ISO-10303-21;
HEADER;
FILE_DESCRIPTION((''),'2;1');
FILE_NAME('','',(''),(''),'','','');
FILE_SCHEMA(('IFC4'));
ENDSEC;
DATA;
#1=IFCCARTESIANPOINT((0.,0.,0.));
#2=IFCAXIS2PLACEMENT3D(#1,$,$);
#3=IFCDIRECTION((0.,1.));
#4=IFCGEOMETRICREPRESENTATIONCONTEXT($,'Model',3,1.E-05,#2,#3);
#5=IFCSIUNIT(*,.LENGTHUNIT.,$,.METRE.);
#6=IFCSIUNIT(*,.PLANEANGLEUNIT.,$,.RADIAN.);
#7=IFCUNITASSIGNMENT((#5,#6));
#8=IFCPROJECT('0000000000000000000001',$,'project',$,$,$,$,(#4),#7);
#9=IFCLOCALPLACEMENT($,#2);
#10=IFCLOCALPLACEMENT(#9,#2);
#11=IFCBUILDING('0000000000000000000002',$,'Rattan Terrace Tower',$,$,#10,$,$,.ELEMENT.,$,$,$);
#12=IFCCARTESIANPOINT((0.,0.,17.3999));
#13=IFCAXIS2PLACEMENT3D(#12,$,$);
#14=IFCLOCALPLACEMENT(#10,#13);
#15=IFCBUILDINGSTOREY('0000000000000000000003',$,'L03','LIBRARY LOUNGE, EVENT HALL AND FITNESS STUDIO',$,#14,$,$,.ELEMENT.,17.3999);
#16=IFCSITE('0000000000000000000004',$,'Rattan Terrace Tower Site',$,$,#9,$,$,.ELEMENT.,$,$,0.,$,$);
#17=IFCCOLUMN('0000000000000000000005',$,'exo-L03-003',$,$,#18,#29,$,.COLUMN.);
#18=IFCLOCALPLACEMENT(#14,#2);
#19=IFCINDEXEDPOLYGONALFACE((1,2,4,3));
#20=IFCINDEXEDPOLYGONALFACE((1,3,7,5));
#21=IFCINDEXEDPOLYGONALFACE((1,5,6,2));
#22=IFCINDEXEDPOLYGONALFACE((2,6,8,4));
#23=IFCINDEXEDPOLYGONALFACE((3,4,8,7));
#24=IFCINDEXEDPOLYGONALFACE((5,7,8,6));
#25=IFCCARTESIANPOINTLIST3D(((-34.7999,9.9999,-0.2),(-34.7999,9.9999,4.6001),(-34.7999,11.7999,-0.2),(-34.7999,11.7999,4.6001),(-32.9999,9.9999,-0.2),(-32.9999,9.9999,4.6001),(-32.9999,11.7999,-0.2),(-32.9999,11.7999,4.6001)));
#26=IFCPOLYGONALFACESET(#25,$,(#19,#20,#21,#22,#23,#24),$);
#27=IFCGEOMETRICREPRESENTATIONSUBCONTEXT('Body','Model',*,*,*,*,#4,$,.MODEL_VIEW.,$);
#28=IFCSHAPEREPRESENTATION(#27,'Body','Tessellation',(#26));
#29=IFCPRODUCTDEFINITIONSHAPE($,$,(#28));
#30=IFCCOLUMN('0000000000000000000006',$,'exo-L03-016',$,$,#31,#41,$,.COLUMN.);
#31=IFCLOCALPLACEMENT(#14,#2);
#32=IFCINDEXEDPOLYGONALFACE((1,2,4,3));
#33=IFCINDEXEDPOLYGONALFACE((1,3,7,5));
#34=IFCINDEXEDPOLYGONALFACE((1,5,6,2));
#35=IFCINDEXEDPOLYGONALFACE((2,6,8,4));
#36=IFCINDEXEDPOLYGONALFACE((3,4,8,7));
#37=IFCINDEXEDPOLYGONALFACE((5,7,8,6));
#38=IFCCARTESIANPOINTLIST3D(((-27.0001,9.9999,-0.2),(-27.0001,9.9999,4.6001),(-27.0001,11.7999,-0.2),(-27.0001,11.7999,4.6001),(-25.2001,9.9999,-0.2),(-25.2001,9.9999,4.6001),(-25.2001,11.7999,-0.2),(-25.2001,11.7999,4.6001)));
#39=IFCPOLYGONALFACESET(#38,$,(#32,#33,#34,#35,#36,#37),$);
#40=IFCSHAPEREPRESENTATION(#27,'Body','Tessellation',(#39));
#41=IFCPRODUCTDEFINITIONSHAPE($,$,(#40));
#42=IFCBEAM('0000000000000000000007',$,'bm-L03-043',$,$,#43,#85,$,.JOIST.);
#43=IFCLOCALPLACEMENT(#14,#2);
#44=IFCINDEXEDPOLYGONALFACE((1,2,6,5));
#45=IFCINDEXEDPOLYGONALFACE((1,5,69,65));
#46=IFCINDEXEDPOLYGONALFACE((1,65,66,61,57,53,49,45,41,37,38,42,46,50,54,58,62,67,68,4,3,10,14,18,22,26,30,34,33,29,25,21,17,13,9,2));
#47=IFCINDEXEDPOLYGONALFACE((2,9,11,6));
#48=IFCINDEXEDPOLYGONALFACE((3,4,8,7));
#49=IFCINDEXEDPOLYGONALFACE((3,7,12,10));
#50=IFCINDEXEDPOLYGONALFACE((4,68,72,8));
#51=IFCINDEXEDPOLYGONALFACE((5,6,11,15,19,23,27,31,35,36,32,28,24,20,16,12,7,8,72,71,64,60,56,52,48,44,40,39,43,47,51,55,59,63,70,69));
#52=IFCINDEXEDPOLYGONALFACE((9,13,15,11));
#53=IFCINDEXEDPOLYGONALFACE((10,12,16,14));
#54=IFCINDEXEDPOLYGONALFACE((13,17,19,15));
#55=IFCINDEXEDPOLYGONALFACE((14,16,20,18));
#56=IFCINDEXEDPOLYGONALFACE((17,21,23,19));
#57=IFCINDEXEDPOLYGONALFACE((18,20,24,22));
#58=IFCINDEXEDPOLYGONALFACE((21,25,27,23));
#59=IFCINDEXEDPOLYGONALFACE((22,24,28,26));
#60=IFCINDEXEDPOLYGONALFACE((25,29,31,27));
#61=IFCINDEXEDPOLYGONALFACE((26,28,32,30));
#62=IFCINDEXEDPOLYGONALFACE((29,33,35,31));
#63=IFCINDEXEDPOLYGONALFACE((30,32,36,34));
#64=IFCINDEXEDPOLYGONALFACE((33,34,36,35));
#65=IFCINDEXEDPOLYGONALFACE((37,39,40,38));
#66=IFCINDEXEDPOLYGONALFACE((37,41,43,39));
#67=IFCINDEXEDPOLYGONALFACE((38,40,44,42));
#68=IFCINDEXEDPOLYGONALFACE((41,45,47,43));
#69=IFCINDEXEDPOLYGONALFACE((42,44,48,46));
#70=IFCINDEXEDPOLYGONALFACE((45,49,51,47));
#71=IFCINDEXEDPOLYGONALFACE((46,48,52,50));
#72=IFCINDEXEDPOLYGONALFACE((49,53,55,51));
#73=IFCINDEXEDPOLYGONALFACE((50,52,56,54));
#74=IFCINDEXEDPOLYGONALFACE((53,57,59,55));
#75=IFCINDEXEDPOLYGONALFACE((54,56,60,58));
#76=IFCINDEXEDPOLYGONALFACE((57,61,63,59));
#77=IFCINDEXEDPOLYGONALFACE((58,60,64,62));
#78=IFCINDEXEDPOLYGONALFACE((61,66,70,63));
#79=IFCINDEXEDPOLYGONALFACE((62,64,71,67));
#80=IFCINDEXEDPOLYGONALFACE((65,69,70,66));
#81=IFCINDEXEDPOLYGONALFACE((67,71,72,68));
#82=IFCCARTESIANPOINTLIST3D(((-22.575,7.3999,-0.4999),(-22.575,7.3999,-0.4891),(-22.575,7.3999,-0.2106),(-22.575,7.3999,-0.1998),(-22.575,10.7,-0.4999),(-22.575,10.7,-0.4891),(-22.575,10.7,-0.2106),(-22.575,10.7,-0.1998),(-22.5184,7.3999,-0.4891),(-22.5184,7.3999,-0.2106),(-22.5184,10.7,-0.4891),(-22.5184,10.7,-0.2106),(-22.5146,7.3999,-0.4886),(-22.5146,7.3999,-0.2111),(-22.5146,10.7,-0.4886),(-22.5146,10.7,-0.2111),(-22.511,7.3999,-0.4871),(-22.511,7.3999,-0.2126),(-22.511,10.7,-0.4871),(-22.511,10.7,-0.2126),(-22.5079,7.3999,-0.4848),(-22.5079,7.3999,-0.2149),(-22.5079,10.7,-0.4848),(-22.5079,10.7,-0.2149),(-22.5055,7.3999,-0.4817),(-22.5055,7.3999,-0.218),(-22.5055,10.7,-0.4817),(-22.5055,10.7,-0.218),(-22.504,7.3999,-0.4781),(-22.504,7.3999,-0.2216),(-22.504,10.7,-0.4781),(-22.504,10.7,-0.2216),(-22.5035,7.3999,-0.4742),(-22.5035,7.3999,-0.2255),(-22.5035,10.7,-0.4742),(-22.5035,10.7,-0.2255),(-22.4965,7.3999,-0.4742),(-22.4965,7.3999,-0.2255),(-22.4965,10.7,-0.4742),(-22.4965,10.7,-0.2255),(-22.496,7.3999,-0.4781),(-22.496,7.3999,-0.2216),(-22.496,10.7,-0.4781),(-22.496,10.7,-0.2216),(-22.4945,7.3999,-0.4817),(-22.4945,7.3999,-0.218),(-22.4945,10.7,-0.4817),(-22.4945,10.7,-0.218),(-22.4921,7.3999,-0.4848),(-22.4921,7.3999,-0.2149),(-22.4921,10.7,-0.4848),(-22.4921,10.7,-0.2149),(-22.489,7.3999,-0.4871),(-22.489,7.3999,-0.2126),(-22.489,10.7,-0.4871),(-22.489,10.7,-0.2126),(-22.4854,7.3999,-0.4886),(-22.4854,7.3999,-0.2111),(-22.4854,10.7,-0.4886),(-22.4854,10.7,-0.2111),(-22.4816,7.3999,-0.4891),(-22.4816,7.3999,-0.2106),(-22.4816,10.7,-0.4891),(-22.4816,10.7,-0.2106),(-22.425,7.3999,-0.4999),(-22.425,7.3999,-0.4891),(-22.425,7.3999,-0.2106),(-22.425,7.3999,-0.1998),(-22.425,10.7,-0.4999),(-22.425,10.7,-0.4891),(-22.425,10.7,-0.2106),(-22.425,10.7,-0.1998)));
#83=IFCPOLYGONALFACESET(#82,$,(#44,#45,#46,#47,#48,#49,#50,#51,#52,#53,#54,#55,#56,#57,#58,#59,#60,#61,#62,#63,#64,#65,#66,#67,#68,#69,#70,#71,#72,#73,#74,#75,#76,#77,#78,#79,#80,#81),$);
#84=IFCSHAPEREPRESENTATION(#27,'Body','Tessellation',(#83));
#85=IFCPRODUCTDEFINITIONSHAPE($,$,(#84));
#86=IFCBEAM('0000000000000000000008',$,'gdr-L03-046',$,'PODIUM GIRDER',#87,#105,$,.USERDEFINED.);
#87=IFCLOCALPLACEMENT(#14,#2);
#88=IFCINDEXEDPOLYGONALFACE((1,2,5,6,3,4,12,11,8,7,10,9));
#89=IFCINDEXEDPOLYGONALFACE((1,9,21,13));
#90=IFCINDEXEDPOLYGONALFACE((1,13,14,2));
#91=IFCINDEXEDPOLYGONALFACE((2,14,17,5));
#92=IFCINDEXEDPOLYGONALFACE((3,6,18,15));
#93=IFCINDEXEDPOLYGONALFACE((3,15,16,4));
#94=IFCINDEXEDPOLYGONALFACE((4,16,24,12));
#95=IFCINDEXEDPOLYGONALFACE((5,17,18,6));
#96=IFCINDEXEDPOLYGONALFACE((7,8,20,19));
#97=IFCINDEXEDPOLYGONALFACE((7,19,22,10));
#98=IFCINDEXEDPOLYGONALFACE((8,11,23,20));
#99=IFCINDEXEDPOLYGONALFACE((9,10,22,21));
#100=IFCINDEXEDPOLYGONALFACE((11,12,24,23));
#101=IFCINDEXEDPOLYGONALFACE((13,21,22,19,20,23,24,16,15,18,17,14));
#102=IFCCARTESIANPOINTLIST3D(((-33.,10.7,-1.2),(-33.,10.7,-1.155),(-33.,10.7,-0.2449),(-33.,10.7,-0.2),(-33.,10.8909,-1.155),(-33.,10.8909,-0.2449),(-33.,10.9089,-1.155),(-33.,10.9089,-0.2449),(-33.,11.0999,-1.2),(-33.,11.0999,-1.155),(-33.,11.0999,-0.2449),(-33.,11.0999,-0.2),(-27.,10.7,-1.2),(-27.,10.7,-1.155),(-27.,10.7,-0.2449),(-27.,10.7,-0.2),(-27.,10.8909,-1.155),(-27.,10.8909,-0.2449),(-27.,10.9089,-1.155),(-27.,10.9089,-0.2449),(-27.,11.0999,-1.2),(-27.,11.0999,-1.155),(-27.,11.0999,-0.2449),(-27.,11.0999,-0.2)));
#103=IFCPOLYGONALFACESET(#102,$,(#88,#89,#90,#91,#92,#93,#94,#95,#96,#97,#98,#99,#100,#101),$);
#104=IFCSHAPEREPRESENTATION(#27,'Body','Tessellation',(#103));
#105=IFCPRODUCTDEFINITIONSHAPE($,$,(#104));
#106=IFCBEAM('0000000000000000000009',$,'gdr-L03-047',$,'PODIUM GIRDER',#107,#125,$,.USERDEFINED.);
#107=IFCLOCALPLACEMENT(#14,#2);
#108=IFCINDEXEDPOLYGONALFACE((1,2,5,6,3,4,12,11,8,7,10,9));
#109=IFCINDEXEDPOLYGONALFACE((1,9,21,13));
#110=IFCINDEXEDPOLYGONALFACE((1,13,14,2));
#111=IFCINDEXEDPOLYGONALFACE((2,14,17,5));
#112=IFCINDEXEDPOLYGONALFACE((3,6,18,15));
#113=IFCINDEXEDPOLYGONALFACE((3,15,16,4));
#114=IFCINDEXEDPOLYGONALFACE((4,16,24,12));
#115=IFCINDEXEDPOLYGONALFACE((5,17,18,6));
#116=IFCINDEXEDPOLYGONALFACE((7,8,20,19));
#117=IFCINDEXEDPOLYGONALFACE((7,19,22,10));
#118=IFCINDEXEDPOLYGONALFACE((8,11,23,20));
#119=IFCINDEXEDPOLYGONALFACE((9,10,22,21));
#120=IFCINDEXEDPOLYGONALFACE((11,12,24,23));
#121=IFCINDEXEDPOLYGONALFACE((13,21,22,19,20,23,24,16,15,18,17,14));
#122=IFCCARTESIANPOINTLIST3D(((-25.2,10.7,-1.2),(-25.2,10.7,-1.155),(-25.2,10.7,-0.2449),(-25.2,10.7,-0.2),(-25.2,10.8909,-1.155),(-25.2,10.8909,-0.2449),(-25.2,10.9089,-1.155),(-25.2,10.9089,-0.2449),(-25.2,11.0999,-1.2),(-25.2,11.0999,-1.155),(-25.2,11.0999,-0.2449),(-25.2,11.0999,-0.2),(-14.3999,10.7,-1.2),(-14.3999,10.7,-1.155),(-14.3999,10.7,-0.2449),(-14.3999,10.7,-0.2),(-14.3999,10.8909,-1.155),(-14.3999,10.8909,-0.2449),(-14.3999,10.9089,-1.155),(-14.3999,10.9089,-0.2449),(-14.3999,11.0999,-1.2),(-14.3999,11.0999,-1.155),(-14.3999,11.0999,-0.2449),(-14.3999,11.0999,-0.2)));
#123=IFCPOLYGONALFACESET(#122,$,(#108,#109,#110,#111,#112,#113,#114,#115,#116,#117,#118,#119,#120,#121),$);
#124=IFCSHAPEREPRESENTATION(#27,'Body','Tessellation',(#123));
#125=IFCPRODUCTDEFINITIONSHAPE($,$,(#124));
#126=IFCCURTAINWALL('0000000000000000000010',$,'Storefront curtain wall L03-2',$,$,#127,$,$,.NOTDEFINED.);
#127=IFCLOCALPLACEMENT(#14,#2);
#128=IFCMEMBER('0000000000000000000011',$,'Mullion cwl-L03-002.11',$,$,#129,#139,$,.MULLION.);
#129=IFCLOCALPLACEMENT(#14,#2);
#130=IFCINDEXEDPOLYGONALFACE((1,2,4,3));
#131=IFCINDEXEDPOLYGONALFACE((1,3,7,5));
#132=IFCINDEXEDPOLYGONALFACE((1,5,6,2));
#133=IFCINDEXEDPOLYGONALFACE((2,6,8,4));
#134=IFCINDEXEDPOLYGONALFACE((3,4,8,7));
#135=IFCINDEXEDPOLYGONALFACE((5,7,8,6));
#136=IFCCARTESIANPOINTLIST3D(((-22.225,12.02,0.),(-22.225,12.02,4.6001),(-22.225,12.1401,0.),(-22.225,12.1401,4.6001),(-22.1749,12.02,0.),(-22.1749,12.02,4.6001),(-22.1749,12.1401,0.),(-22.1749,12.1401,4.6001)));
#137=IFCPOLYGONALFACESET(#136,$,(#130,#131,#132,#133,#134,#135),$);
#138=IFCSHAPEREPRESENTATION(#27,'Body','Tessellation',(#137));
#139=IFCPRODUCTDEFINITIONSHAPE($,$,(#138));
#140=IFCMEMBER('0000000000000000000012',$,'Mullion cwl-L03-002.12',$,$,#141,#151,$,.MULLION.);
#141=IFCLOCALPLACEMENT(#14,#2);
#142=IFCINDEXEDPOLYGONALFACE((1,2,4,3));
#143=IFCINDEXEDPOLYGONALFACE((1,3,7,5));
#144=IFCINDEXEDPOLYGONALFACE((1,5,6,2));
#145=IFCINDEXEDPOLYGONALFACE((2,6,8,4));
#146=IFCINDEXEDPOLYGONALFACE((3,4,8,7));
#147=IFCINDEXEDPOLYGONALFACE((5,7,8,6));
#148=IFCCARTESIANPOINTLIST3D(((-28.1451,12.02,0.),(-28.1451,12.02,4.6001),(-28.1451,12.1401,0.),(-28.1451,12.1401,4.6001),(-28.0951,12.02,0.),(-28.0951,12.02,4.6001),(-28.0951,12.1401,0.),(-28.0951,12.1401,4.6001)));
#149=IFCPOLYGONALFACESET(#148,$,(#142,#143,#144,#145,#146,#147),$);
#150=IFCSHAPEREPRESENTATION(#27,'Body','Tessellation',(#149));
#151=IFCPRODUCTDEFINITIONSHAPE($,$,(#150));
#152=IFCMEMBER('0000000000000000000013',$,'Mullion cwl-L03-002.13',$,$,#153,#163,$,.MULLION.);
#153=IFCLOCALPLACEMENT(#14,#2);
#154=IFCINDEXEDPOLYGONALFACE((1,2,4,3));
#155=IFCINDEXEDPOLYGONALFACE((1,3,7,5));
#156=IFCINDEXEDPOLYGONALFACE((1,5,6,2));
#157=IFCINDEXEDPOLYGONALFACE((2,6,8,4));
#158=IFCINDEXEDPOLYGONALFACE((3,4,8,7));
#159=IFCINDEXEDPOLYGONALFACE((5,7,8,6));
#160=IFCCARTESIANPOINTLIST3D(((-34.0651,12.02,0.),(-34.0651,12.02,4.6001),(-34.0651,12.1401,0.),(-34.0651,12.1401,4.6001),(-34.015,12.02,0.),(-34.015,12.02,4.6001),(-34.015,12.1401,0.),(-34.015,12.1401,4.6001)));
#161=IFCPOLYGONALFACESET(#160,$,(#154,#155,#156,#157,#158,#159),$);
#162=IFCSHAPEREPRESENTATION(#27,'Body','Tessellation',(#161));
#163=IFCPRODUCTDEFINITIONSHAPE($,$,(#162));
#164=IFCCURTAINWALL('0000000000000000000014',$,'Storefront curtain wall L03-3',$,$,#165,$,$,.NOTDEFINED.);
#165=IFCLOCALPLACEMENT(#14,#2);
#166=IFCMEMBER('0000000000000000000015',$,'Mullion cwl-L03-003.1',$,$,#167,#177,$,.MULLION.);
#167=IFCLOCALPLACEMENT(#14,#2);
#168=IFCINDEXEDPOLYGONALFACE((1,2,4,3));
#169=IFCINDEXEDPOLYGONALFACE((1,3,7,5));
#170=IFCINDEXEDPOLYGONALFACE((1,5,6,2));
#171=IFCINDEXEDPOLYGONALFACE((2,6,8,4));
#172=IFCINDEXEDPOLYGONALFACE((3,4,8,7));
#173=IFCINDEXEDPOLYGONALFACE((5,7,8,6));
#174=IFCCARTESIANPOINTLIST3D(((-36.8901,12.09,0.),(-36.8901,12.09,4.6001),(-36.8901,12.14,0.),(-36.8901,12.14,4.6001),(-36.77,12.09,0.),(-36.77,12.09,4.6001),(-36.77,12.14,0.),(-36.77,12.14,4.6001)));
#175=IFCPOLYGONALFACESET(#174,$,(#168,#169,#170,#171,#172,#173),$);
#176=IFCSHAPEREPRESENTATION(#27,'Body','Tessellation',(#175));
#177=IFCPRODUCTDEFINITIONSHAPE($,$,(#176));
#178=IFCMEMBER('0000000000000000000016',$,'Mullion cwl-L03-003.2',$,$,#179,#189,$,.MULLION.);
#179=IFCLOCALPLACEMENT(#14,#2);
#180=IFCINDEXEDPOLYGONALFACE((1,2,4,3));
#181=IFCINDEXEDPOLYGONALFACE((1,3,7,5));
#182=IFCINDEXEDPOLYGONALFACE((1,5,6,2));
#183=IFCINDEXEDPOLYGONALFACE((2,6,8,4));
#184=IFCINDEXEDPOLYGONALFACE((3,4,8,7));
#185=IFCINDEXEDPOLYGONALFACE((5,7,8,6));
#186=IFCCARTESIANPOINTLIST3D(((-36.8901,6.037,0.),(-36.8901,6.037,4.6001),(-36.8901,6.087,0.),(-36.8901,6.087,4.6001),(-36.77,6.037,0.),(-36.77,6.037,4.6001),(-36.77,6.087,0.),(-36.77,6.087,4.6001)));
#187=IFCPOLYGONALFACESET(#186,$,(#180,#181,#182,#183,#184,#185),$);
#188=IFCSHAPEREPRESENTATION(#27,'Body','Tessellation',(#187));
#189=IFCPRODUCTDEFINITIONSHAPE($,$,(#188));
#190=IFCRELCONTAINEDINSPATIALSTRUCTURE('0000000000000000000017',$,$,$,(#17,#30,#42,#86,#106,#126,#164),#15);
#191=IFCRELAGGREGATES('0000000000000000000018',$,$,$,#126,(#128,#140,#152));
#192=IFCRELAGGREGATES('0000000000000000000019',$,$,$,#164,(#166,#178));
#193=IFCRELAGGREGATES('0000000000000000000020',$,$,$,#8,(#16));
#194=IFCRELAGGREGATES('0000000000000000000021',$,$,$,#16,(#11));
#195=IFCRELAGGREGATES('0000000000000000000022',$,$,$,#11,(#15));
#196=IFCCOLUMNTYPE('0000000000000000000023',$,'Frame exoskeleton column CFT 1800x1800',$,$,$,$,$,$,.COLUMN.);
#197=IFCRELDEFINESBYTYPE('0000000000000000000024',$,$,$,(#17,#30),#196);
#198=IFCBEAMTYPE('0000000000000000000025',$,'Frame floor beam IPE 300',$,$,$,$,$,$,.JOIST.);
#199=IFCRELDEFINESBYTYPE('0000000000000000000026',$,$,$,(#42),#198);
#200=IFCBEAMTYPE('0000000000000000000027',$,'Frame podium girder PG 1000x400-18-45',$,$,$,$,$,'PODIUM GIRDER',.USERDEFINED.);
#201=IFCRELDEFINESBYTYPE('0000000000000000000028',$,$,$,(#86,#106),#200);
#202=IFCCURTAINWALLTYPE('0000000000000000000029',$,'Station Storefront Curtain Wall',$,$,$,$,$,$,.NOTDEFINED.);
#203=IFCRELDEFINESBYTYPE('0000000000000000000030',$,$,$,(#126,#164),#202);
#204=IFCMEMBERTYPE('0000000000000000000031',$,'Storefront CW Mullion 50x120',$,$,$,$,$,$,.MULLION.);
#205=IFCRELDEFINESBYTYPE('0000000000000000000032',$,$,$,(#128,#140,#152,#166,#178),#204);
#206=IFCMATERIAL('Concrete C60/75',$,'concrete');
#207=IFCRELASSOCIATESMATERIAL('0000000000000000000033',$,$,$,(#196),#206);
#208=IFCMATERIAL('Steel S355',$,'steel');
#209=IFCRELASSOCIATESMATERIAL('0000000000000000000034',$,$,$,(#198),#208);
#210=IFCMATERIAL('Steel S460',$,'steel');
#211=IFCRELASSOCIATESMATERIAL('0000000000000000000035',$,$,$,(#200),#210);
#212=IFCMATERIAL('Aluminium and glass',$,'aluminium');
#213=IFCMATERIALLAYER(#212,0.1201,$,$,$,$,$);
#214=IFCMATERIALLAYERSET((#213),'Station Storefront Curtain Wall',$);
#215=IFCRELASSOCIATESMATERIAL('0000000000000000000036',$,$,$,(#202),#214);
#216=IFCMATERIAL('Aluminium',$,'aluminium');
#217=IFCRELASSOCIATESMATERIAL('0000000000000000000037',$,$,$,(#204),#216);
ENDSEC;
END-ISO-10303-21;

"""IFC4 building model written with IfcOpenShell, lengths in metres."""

from ifc_helpers import new_model, si_unit, direction, frame, origin, origin_2d, place, context, subcontext, project, spatial, rectangle, i_section, extrude, material, layer, layer_set, material_profile, profile_set, type_object, element, aggregate, save


model = new_model("IFC4")

# Units and contexts
model_context = context("Model", 3, precision=1e-05, world=origin(), true_north=direction((0.0, 1.0)))
body_context = subcontext(model_context, "Body", "Model", "MODEL_VIEW")
ifc_project = project(units=[si_unit("LENGTHUNIT", "METRE"), si_unit("PLANEANGLEUNIT", "RADIAN")], contexts=[model_context])

# Site, building, storey
site_placement = place(None, origin())
site = spatial("IfcSite", under=ifc_project, at=site_placement, Name="Rattan Terrace Tower Site", CompositionType="ELEMENT", RefElevation=0.0)
building_placement = place(site_placement, origin())
building = spatial("IfcBuilding", under=site, at=building_placement, Name="Rattan Terrace Tower", CompositionType="ELEMENT")
storey_placement = place(building_placement, frame((0.0, 0.0, 17.3999)))
storey = spatial("IfcBuildingStorey", under=building, at=storey_placement, Name="L03", Description="LIBRARY LOUNGE, EVENT HALL AND FITNESS STUDIO", CompositionType="ELEMENT", Elevation=17.3999)

# Columns
ifc_material_1 = material(Name="Concrete C60/75", Category="concrete")
ifc_material_profile_1 = material_profile(ifc_material_1, rectangle(XDim=1.8, YDim=1.8, at=origin_2d()), Name="CFT 1800x1800")
ifc_profile_set_1 = profile_set([ifc_material_profile_1], Name="Concrete C60/75")
column_type = type_object("IfcColumnType", Name="Frame exoskeleton column CFT 1800x1800", PredefinedType="COLUMN", material=ifc_profile_set_1)
for number, where, z_axis, x_axis, name in (
    (1, (-33.8999, 10.8999, -0.2), (0.0, 0.0, 1.0), (1.0, 0.0, 0.0), "exo-L03-003"),
    (2, (-26.1001, 10.8999, -0.2), (0.0, 0.0, 1.0), (1.0, 0.0, 0.0), "exo-L03-016"),
):
    element("IfcColumn", number, at=place(storey_placement, frame(where, z_axis=z_axis, x_axis=x_axis)), inside=storey, type_object=column_type, Name=name, PredefinedType="COLUMN", context=body_context, shape_type="SweptSolid", body=[
        extrude(rectangle(XDim=1.8, YDim=1.8, at=origin_2d()), origin(), (0.0, 0.0, 1.0), 4.8),
    ])

# Beams
ifc_material_2 = material(Name="Steel S355", Category="steel")
ifc_material_profile_2 = material_profile(ifc_material_2, i_section(OverallWidth=0.1499, OverallDepth=0.3, WebThickness=0.0071, FlangeThickness=0.0107, FilletRadius=0.0149, at=origin_2d()), Name="IPE 300")
ifc_profile_set_2 = profile_set([ifc_material_profile_2], Name="Steel S355")
beam_type_1 = type_object("IfcBeamType", Name="Frame floor beam IPE 300", PredefinedType="JOIST", material=ifc_profile_set_2)
beam_1_placement = place(storey_placement, frame((-22.5, 7.3999, -0.3499), z_axis=(0.0, 1.0, 0.0), x_axis=(-1.0, 0.0, 0.0)))
element("IfcBeam", 3, at=beam_1_placement, inside=storey, type_object=beam_type_1, Name="bm-L03-043", PredefinedType="JOIST", context=body_context, shape_type="SweptSolid", body=[
    extrude(i_section(OverallWidth=0.1499, OverallDepth=0.3, WebThickness=0.0071, FlangeThickness=0.0107, FilletRadius=0.0149, at=origin_2d()), origin(), (0.0, 0.0, 1.0), 3.3),
])
ifc_material_3 = material(Name="Steel S460", Category="steel")
ifc_material_profile_3 = material_profile(ifc_material_3, i_section(OverallWidth=0.3999, OverallDepth=1.0, WebThickness=0.0181, FlangeThickness=0.0449, at=origin_2d()), Name="PG 1000x400-18-45")
ifc_profile_set_3 = profile_set([ifc_material_profile_3], Name="Steel S460")
beam_type_2 = type_object("IfcBeamType", Name="Frame podium girder PG 1000x400-18-45", ElementType="PODIUM GIRDER", PredefinedType="USERDEFINED", material=ifc_profile_set_3)
beam_2_placement = place(storey_placement, frame((-33.0, 10.8999, -0.7), z_axis=(1.0, 0.0, 0.0), x_axis=(0.0, 1.0, 0.0)))
element("IfcBeam", 4, at=beam_2_placement, inside=storey, type_object=beam_type_2, Name="gdr-L03-046", ObjectType="PODIUM GIRDER", PredefinedType="USERDEFINED", context=body_context, shape_type="SweptSolid", body=[
    extrude(i_section(OverallWidth=0.3999, OverallDepth=1.0, WebThickness=0.0181, FlangeThickness=0.0449, at=origin_2d()), origin(), (0.0, 0.0, 1.0), 6.0),
])
beam_3_placement = place(storey_placement, frame((-25.2, 10.8999, -0.7), z_axis=(1.0, 0.0, 0.0), x_axis=(0.0, 1.0, 0.0)))
element("IfcBeam", 5, at=beam_3_placement, inside=storey, type_object=beam_type_2, Name="gdr-L03-047", ObjectType="PODIUM GIRDER", PredefinedType="USERDEFINED", context=body_context, shape_type="SweptSolid", body=[
    extrude(i_section(OverallWidth=0.3999, OverallDepth=1.0, WebThickness=0.0181, FlangeThickness=0.0449, at=origin_2d()), origin(), (0.0, 0.0, 1.0), 10.8),
])

# Curtain walls, members
ifc_material_4 = material(Name="Aluminium and glass", Category="aluminium")
ifc_layer_1 = layer(ifc_material_4, 0.1201)
ifc_layer_set_1 = layer_set([ifc_layer_1], Name="Station Storefront Curtain Wall")
curtain_wall_type = type_object("IfcCurtainWallType", Name="Station Storefront Curtain Wall", PredefinedType="NOTDEFINED", material=ifc_layer_set_1)
curtain_wall_1_placement = place(storey_placement, origin())
curtain_wall_1 = element("IfcCurtainWall", 6, at=curtain_wall_1_placement, inside=storey, type_object=curtain_wall_type, Name="Storefront curtain wall L03-2", PredefinedType="NOTDEFINED")
ifc_material_5 = material(Name="Aluminium", Category="aluminium")
ifc_material_profile_4 = material_profile(ifc_material_5, rectangle(XDim=0.05, YDim=0.1201, at=origin_2d()), Name="Aluminium 50x120")
ifc_profile_set_4 = profile_set([ifc_material_profile_4], Name="Aluminium")
member_type_1 = type_object("IfcMemberType", Name="Storefront CW Mullion 50x120", PredefinedType="MULLION", material=ifc_profile_set_4)
member_1_placement = place(storey_placement, frame((-22.2, 12.0801, 0.0), z_axis=(0.0, 0.0, 1.0), x_axis=(-1.0, 0.0, 0.0)))
member_1 = element("IfcMember", 7, at=member_1_placement, type_object=member_type_1, Name="Mullion cwl-L03-002.11", PredefinedType="MULLION", context=body_context, shape_type="SweptSolid", body=[
    extrude(rectangle(XDim=0.05, YDim=0.1201, at=origin_2d()), origin(), (0.0, 0.0, 1.0), 4.6001),
])
member_2_placement = place(storey_placement, frame((-28.1201, 12.0801, 0.0), z_axis=(0.0, 0.0, 1.0), x_axis=(-1.0, 0.0, 0.0)))
member_2 = element("IfcMember", 8, at=member_2_placement, type_object=member_type_1, Name="Mullion cwl-L03-002.12", PredefinedType="MULLION", context=body_context, shape_type="SweptSolid", body=[
    extrude(rectangle(XDim=0.05, YDim=0.1201, at=origin_2d()), origin(), (0.0, 0.0, 1.0), 4.6001),
])
member_3_placement = place(storey_placement, frame((-34.04, 12.0801, 0.0), z_axis=(0.0, 0.0, 1.0), x_axis=(-1.0, 0.0, 0.0)))
member_3 = element("IfcMember", 9, at=member_3_placement, type_object=member_type_1, Name="Mullion cwl-L03-002.13", PredefinedType="MULLION", context=body_context, shape_type="SweptSolid", body=[
    extrude(rectangle(XDim=0.05, YDim=0.1201, at=origin_2d()), origin(), (0.0, 0.0, 1.0), 4.6001),
])
curtain_wall_2_placement = place(storey_placement, origin())
curtain_wall_2 = element("IfcCurtainWall", 10, at=curtain_wall_2_placement, inside=storey, type_object=curtain_wall_type, Name="Storefront curtain wall L03-3", PredefinedType="NOTDEFINED")
member_4_placement = place(storey_placement, frame((-36.8301, 12.115, 0.0), z_axis=(0.0, 0.0, 1.0), x_axis=(0.0, -1.0, 0.0)))
member_4 = element("IfcMember", 11, at=member_4_placement, type_object=member_type_1, Name="Mullion cwl-L03-003.1", PredefinedType="MULLION", context=body_context, shape_type="SweptSolid", body=[
    extrude(rectangle(XDim=0.05, YDim=0.1201, at=origin_2d()), origin(), (0.0, 0.0, 1.0), 4.6001),
])
member_5_placement = place(storey_placement, frame((-36.8301, 6.062, 0.0), z_axis=(0.0, 0.0, 1.0), x_axis=(0.0, -1.0, 0.0)))
member_5 = element("IfcMember", 12, at=member_5_placement, type_object=member_type_1, Name="Mullion cwl-L03-003.2", PredefinedType="MULLION", context=body_context, shape_type="SweptSolid", body=[
    extrude(rectangle(XDim=0.05, YDim=0.1201, at=origin_2d()), origin(), (0.0, 0.0, 1.0), 4.6001),
])

aggregate(curtain_wall_1, [member_1, member_2, member_3])
aggregate(curtain_wall_2, [member_4, member_5])

save(model, "model.ifc")
